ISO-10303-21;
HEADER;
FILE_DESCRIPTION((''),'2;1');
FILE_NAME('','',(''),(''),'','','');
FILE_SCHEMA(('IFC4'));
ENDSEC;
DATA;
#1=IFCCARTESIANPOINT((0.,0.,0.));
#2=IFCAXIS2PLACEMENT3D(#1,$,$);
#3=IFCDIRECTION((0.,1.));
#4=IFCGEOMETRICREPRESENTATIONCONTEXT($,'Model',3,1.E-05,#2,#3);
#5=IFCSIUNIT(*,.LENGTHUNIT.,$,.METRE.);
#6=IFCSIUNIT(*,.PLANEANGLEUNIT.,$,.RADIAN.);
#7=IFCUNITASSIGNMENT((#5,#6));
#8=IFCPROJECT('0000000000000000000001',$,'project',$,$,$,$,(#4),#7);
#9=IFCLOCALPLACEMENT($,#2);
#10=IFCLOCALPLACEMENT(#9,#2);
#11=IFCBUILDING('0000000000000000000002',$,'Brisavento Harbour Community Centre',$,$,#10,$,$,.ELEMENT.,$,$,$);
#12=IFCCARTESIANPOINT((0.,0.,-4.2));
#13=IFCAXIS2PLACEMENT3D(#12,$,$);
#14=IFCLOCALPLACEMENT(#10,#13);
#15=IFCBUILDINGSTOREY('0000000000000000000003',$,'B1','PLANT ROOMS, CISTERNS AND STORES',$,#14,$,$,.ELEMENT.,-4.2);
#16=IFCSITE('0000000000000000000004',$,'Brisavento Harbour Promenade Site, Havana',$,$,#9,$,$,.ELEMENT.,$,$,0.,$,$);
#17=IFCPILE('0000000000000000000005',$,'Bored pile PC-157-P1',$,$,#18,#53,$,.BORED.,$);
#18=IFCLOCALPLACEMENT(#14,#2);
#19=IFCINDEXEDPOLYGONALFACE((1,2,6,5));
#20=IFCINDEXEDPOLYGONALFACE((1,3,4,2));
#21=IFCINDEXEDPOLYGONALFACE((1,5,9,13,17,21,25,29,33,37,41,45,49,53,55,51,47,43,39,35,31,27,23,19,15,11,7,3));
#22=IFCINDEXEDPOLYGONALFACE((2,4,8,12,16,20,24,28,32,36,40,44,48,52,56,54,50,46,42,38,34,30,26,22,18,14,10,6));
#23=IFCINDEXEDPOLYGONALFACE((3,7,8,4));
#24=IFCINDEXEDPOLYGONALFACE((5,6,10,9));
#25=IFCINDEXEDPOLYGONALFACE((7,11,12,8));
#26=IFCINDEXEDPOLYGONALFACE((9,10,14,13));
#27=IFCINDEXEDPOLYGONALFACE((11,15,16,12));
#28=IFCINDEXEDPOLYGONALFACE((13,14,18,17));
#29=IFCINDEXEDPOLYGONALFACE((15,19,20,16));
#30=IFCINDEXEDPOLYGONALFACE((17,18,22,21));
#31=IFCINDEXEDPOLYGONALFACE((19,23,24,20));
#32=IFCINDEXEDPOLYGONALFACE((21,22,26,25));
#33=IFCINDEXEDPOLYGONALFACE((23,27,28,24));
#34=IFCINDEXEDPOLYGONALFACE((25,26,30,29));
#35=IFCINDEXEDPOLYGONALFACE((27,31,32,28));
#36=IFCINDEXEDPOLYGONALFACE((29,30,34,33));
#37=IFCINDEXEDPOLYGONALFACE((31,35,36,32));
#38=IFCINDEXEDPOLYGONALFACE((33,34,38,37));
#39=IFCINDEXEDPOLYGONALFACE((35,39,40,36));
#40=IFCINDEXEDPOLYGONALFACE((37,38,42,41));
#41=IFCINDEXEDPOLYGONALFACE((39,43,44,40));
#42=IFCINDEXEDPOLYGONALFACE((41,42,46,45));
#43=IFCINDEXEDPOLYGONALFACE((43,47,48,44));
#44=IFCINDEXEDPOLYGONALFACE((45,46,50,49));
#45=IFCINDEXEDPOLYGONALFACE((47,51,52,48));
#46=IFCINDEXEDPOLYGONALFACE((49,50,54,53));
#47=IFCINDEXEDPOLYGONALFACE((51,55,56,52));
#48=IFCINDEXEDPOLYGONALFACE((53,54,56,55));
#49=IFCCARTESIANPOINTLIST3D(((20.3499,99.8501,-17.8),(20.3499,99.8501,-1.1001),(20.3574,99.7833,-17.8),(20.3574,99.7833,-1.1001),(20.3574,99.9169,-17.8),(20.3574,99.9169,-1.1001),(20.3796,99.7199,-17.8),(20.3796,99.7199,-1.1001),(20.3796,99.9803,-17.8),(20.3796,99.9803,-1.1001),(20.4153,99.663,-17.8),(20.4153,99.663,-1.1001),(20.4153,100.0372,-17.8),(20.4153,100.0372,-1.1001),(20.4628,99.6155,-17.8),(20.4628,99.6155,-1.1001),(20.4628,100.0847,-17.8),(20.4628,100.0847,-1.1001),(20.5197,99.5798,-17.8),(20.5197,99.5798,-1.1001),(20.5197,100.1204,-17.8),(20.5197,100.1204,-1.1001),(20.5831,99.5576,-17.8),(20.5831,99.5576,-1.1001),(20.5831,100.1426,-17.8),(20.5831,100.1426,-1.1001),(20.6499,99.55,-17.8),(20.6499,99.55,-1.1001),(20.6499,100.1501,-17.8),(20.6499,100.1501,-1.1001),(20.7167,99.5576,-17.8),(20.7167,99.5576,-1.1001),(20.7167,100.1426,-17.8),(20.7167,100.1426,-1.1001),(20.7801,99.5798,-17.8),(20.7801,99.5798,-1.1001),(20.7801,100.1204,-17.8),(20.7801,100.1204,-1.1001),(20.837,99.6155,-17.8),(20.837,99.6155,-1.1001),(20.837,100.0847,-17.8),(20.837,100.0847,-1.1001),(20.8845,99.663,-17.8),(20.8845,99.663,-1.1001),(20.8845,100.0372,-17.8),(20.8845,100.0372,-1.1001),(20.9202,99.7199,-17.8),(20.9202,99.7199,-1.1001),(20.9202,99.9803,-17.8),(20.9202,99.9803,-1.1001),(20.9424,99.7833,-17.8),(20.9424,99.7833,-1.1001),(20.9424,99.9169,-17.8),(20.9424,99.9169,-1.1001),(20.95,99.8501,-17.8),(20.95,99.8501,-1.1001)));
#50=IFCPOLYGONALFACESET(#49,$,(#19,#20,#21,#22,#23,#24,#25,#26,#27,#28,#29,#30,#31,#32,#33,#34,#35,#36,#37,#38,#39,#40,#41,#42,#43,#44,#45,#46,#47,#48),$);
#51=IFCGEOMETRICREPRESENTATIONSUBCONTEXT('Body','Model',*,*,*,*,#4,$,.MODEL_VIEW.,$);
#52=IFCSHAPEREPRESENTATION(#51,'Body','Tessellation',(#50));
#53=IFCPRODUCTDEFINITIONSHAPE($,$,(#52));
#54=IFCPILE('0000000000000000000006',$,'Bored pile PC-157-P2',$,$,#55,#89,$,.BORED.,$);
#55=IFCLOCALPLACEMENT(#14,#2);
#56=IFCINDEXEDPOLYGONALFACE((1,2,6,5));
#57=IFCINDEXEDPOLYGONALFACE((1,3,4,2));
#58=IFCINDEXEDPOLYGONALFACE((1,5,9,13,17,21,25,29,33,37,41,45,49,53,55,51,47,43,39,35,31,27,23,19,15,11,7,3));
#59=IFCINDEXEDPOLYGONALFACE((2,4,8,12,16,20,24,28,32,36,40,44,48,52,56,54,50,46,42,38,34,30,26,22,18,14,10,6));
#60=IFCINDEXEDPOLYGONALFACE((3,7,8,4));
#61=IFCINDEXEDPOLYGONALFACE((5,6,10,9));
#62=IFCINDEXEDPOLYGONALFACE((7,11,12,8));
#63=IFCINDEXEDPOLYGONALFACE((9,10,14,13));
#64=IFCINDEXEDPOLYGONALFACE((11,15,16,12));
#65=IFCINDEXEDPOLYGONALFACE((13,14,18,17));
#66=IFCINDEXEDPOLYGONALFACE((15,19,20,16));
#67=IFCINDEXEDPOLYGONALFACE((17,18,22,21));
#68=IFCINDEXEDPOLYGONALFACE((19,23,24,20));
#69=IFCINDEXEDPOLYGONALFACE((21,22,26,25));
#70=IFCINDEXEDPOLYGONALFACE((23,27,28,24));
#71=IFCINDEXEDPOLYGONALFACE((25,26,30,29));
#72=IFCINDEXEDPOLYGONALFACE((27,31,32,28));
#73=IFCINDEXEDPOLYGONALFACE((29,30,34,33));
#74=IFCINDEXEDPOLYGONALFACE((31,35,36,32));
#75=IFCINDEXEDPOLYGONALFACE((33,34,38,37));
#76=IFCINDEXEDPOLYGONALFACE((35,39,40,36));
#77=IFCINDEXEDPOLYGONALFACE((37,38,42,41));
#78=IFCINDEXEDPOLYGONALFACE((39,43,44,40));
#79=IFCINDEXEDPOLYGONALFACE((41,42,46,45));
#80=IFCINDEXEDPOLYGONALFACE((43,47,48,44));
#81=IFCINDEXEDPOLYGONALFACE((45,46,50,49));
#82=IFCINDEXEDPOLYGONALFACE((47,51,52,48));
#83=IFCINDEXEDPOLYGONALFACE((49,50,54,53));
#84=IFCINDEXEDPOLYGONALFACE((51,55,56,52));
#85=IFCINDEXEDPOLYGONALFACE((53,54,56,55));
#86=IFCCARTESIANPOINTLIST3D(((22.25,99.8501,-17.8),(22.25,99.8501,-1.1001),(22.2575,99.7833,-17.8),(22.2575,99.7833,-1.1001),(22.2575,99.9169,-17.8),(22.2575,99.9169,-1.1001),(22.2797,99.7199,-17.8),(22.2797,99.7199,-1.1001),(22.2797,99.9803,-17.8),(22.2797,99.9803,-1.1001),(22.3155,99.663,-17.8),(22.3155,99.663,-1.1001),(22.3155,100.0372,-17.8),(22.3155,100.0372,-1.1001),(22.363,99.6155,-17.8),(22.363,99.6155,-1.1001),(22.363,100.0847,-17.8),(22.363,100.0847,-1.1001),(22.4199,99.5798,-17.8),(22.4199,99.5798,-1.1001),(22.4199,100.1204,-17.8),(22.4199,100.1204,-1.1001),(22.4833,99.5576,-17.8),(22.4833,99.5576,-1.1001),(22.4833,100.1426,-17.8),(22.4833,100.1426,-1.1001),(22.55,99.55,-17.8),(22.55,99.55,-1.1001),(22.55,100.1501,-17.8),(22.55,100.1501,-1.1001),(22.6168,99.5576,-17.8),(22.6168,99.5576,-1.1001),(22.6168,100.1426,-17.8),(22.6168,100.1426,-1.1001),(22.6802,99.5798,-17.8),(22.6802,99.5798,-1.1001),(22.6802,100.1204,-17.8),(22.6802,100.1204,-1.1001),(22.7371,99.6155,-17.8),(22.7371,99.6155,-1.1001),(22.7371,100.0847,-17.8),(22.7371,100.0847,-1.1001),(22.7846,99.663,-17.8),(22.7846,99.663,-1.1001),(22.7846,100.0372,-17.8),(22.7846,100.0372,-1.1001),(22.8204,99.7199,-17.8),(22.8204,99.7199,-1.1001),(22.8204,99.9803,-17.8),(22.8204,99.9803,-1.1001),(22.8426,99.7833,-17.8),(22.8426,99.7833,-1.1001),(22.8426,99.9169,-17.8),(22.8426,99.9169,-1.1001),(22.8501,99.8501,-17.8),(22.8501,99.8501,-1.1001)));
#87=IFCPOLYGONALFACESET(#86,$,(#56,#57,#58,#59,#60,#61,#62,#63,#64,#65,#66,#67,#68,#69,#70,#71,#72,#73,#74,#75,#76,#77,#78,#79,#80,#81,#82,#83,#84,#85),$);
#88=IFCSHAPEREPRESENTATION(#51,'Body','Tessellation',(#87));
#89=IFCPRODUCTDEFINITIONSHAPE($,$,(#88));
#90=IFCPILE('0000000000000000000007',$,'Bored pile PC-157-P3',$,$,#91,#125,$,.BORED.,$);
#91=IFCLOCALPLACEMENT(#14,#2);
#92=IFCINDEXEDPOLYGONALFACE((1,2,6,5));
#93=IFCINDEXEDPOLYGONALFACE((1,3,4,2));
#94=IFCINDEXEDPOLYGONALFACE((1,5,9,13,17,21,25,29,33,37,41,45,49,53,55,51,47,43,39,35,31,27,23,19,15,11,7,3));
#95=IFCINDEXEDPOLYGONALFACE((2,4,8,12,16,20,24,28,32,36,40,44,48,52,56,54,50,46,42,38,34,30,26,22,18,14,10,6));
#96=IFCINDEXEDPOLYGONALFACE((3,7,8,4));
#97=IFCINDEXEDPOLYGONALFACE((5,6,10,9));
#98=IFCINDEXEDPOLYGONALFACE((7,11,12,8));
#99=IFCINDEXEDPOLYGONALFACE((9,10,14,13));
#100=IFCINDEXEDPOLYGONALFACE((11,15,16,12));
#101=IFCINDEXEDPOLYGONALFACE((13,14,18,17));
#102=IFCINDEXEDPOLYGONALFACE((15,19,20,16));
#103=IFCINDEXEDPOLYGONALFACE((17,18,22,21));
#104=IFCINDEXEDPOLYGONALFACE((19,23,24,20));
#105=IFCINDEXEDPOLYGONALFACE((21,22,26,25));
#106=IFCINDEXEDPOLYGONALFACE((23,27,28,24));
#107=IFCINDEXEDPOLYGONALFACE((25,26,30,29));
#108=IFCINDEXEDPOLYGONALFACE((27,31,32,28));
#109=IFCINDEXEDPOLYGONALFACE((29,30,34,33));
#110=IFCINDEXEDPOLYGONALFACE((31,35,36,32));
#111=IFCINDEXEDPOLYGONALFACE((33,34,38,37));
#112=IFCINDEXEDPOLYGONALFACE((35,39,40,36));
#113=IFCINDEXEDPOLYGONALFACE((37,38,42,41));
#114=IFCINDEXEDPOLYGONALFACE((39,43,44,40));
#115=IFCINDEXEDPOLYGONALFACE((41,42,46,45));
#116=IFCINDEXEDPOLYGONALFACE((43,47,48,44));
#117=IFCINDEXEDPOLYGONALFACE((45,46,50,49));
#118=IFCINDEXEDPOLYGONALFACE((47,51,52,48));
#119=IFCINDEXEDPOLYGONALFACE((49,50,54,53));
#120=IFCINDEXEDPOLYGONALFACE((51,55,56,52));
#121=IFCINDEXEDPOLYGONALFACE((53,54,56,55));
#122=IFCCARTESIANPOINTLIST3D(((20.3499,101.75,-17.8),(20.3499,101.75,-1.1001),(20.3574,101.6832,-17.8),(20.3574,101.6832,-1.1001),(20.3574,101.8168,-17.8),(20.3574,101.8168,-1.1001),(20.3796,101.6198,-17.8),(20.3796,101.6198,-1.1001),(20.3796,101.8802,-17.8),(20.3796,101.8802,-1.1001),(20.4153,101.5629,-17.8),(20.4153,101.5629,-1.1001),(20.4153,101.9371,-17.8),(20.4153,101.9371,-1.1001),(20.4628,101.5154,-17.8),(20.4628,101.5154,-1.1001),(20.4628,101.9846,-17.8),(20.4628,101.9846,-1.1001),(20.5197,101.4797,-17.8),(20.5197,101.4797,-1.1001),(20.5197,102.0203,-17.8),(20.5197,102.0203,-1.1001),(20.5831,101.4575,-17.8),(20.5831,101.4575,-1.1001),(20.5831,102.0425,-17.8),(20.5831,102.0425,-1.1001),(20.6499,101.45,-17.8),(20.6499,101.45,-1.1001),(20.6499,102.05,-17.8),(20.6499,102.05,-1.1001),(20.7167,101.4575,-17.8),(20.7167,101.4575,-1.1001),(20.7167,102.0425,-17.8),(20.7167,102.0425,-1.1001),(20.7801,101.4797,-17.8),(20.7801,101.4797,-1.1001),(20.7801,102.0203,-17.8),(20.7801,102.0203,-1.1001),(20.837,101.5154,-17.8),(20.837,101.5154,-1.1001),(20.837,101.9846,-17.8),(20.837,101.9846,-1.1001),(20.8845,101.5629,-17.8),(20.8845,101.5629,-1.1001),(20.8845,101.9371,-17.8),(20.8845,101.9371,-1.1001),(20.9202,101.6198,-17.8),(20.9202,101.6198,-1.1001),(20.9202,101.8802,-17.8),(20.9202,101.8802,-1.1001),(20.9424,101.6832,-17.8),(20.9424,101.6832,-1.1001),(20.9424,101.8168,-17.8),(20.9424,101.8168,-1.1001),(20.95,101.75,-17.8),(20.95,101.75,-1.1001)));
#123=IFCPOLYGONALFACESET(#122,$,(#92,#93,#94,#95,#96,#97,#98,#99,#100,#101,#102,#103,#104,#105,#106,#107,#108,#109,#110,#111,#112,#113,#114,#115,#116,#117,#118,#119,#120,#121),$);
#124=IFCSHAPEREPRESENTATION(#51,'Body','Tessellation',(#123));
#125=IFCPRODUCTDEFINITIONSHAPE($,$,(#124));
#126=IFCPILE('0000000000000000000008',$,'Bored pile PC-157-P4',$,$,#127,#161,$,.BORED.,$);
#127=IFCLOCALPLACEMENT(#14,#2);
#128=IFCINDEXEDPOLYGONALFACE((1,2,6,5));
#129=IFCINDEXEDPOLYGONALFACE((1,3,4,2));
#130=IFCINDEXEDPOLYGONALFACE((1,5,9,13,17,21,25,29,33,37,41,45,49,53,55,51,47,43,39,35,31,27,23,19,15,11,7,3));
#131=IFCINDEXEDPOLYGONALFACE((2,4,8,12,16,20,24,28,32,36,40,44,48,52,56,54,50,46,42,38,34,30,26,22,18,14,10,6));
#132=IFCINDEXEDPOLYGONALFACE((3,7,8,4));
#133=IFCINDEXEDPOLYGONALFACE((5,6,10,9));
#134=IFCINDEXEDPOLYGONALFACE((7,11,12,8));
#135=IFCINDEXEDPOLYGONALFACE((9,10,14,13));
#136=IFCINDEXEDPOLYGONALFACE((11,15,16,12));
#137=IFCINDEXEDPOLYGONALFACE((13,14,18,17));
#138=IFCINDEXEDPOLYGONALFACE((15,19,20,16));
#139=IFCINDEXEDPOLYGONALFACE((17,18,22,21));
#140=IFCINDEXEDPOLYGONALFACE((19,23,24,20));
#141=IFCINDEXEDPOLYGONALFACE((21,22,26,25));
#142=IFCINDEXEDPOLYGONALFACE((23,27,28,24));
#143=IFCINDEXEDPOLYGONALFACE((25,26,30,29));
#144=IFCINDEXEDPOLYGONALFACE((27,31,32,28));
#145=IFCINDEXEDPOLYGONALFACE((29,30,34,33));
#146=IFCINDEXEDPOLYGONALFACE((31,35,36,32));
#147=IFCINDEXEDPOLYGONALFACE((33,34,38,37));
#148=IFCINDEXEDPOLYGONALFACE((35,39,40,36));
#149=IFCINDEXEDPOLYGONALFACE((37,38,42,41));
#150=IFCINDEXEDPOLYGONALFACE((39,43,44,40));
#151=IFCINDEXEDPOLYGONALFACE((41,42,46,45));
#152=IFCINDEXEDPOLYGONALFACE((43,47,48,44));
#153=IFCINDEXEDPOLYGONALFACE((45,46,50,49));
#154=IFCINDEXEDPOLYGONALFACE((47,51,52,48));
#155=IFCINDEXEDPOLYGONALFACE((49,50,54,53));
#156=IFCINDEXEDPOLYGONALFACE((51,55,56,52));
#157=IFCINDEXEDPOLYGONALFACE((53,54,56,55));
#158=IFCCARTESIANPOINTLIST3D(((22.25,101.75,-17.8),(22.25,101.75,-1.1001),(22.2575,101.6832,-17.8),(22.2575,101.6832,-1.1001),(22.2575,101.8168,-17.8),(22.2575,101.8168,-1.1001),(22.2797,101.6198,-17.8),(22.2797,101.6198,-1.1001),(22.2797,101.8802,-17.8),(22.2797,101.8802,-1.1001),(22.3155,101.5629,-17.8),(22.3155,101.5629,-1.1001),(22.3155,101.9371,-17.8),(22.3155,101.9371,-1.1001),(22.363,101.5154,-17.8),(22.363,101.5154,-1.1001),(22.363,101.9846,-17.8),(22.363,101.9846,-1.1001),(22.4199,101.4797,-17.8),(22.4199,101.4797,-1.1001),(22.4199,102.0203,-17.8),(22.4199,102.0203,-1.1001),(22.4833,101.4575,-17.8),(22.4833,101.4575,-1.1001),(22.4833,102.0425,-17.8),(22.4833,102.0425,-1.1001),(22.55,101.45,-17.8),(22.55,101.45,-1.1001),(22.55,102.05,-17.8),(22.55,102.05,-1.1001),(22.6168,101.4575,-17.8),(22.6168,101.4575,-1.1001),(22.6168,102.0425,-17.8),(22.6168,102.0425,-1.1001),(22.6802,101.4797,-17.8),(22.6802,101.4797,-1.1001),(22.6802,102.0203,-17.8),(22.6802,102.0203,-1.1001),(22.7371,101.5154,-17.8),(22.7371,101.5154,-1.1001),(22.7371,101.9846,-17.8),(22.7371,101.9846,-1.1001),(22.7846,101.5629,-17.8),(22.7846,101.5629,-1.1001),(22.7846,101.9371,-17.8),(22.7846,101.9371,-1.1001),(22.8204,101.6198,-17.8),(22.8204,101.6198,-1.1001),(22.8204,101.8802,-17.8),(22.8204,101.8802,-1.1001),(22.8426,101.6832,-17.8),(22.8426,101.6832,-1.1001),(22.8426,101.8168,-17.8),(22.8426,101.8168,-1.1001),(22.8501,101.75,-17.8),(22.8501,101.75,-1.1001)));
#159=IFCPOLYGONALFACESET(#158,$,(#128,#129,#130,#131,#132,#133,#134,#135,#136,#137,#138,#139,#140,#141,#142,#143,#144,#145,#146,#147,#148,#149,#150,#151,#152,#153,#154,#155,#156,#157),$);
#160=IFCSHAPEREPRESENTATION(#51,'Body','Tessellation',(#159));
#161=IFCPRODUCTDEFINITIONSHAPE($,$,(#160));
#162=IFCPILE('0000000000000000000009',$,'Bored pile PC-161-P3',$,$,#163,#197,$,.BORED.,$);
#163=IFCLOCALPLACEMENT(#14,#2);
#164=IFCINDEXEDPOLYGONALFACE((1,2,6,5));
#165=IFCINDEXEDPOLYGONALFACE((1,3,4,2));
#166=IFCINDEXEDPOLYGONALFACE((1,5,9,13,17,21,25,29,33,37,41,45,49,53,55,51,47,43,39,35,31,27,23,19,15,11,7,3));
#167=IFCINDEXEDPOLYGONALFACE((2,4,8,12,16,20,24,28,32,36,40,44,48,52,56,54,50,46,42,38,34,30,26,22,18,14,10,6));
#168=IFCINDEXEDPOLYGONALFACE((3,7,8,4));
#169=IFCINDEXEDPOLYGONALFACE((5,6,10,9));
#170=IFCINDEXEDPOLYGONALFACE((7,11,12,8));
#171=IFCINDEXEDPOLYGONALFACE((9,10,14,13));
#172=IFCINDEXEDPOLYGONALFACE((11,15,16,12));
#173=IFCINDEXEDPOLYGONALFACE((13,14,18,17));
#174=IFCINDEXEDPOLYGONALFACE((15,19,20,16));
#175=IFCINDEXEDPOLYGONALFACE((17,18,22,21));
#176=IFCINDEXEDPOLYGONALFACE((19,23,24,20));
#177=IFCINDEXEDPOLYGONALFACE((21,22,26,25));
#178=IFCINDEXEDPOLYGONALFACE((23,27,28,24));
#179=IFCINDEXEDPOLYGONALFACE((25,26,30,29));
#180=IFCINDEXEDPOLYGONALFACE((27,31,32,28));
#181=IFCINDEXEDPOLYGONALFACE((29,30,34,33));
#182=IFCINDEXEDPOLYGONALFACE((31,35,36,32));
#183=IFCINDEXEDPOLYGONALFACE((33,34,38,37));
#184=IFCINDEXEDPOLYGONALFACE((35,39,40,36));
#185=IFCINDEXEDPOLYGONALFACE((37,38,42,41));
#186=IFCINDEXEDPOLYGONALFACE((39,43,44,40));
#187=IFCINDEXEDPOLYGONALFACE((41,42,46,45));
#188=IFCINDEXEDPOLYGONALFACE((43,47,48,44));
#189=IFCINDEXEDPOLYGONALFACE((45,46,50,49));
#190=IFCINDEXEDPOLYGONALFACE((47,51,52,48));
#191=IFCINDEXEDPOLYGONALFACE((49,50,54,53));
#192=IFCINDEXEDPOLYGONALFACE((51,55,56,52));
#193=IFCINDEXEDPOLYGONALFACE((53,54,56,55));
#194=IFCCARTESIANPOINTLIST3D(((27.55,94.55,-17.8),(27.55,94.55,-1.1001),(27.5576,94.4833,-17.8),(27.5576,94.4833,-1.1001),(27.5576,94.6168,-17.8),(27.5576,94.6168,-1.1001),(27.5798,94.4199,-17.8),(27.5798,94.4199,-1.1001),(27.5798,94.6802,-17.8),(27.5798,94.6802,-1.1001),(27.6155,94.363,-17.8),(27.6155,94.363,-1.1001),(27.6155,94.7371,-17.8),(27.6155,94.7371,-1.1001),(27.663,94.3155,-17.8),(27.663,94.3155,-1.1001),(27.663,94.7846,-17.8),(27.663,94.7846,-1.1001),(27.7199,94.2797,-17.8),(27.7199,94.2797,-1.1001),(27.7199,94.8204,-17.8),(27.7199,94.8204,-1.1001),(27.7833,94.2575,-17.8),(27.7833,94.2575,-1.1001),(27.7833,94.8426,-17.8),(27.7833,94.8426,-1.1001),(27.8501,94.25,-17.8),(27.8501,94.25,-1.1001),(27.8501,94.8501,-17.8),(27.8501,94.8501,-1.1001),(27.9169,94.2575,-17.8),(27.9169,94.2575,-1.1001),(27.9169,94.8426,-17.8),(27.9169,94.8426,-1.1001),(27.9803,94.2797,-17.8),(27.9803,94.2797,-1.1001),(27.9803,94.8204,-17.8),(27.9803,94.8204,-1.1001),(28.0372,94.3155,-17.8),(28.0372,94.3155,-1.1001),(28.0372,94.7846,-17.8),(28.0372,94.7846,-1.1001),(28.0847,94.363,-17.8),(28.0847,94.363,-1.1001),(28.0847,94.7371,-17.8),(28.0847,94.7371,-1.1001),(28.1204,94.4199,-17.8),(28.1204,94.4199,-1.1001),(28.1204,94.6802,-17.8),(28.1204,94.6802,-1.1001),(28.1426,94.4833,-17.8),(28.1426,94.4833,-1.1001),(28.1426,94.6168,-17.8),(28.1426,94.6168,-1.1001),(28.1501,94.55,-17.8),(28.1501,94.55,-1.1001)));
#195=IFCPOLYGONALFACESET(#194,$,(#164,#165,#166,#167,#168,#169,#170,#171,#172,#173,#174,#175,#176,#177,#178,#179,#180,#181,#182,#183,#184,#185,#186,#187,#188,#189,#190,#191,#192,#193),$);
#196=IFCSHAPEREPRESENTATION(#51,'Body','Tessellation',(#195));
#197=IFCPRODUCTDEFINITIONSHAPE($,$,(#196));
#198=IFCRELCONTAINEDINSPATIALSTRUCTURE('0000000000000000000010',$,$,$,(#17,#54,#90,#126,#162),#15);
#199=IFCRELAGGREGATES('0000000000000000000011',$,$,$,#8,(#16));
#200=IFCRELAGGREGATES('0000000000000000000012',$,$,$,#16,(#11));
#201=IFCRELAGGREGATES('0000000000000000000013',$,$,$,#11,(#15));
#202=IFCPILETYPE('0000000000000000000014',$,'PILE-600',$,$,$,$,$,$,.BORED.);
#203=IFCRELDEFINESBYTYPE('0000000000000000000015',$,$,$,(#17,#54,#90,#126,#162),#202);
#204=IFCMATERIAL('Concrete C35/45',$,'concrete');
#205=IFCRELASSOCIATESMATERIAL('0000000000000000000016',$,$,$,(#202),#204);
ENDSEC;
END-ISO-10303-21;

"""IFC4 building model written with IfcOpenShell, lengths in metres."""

from ifc_helpers import new_model, si_unit, direction, frame, origin, origin_2d, place, context, subcontext, project, spatial, circle, extrude, material, material_profile, profile_set, type_object, element, save


model = new_model("IFC4")

# Units and contexts
model_context = context("Model", 3, precision=1e-05, world=origin(), true_north=direction((0.0, 1.0)))
body_context = subcontext(model_context, "Body", "Model", "MODEL_VIEW")
ifc_project = project(units=[si_unit("LENGTHUNIT", "METRE"), si_unit("PLANEANGLEUNIT", "RADIAN")], contexts=[model_context])

# Site, building, storey
site_placement = place(None, origin())
site = spatial("IfcSite", under=ifc_project, at=site_placement, Name="Brisavento Harbour Promenade Site, Havana", CompositionType="ELEMENT", RefElevation=0.0)
building_placement = place(site_placement, origin())
building = spatial("IfcBuilding", under=site, at=building_placement, Name="Brisavento Harbour Community Centre", CompositionType="ELEMENT")
storey_placement = place(building_placement, frame((0.0, 0.0, -4.2)))
storey = spatial("IfcBuildingStorey", under=building, at=storey_placement, Name="B1", Description="PLANT ROOMS, CISTERNS AND STORES", CompositionType="ELEMENT", Elevation=-4.2)

# Shared definitions
ifc_material = material(Name="Concrete C35/45", Category="concrete")

# Piles
ifc_material_profile_1 = material_profile(ifc_material, circle(Radius=0.3, at=origin_2d()), Name="Concrete C35/45")
ifc_profile_set_1 = profile_set([ifc_material_profile_1], Name="Concrete C35/45")
pile_type = type_object("IfcPileType", Name="PILE-600", PredefinedType="BORED", material=ifc_profile_set_1)
for number, where, z_axis, x_axis, name in (
    (1, (20.6499, 99.8501, -1.1001), (0.0, 0.0, -1.0), (1.0, 0.0, 0.0), "Bored pile PC-157-P1"),
    (2, (22.55, 99.8501, -1.1001), (0.0, 0.0, -1.0), (1.0, 0.0, 0.0), "Bored pile PC-157-P2"),
    (3, (20.6499, 101.75, -1.1001), (0.0, 0.0, -1.0), (1.0, 0.0, 0.0), "Bored pile PC-157-P3"),
    (4, (22.55, 101.75, -1.1001), (0.0, 0.0, -1.0), (1.0, 0.0, 0.0), "Bored pile PC-157-P4"),
    (5, (27.8501, 94.55, -1.1001), (0.0, 0.0, -1.0), (1.0, 0.0, 0.0), "Bored pile PC-161-P3"),
):
    element("IfcPile", number, at=place(storey_placement, frame(where, z_axis=z_axis, x_axis=x_axis)), inside=storey, type_object=pile_type, Name=name, PredefinedType="BORED", context=body_context, shape_type="SweptSolid", body=[
        extrude(circle(Radius=0.3, at=origin_2d()), origin(), (0.0, 0.0, 1.0), 16.7),
    ])

save(model, "model.ifc")
